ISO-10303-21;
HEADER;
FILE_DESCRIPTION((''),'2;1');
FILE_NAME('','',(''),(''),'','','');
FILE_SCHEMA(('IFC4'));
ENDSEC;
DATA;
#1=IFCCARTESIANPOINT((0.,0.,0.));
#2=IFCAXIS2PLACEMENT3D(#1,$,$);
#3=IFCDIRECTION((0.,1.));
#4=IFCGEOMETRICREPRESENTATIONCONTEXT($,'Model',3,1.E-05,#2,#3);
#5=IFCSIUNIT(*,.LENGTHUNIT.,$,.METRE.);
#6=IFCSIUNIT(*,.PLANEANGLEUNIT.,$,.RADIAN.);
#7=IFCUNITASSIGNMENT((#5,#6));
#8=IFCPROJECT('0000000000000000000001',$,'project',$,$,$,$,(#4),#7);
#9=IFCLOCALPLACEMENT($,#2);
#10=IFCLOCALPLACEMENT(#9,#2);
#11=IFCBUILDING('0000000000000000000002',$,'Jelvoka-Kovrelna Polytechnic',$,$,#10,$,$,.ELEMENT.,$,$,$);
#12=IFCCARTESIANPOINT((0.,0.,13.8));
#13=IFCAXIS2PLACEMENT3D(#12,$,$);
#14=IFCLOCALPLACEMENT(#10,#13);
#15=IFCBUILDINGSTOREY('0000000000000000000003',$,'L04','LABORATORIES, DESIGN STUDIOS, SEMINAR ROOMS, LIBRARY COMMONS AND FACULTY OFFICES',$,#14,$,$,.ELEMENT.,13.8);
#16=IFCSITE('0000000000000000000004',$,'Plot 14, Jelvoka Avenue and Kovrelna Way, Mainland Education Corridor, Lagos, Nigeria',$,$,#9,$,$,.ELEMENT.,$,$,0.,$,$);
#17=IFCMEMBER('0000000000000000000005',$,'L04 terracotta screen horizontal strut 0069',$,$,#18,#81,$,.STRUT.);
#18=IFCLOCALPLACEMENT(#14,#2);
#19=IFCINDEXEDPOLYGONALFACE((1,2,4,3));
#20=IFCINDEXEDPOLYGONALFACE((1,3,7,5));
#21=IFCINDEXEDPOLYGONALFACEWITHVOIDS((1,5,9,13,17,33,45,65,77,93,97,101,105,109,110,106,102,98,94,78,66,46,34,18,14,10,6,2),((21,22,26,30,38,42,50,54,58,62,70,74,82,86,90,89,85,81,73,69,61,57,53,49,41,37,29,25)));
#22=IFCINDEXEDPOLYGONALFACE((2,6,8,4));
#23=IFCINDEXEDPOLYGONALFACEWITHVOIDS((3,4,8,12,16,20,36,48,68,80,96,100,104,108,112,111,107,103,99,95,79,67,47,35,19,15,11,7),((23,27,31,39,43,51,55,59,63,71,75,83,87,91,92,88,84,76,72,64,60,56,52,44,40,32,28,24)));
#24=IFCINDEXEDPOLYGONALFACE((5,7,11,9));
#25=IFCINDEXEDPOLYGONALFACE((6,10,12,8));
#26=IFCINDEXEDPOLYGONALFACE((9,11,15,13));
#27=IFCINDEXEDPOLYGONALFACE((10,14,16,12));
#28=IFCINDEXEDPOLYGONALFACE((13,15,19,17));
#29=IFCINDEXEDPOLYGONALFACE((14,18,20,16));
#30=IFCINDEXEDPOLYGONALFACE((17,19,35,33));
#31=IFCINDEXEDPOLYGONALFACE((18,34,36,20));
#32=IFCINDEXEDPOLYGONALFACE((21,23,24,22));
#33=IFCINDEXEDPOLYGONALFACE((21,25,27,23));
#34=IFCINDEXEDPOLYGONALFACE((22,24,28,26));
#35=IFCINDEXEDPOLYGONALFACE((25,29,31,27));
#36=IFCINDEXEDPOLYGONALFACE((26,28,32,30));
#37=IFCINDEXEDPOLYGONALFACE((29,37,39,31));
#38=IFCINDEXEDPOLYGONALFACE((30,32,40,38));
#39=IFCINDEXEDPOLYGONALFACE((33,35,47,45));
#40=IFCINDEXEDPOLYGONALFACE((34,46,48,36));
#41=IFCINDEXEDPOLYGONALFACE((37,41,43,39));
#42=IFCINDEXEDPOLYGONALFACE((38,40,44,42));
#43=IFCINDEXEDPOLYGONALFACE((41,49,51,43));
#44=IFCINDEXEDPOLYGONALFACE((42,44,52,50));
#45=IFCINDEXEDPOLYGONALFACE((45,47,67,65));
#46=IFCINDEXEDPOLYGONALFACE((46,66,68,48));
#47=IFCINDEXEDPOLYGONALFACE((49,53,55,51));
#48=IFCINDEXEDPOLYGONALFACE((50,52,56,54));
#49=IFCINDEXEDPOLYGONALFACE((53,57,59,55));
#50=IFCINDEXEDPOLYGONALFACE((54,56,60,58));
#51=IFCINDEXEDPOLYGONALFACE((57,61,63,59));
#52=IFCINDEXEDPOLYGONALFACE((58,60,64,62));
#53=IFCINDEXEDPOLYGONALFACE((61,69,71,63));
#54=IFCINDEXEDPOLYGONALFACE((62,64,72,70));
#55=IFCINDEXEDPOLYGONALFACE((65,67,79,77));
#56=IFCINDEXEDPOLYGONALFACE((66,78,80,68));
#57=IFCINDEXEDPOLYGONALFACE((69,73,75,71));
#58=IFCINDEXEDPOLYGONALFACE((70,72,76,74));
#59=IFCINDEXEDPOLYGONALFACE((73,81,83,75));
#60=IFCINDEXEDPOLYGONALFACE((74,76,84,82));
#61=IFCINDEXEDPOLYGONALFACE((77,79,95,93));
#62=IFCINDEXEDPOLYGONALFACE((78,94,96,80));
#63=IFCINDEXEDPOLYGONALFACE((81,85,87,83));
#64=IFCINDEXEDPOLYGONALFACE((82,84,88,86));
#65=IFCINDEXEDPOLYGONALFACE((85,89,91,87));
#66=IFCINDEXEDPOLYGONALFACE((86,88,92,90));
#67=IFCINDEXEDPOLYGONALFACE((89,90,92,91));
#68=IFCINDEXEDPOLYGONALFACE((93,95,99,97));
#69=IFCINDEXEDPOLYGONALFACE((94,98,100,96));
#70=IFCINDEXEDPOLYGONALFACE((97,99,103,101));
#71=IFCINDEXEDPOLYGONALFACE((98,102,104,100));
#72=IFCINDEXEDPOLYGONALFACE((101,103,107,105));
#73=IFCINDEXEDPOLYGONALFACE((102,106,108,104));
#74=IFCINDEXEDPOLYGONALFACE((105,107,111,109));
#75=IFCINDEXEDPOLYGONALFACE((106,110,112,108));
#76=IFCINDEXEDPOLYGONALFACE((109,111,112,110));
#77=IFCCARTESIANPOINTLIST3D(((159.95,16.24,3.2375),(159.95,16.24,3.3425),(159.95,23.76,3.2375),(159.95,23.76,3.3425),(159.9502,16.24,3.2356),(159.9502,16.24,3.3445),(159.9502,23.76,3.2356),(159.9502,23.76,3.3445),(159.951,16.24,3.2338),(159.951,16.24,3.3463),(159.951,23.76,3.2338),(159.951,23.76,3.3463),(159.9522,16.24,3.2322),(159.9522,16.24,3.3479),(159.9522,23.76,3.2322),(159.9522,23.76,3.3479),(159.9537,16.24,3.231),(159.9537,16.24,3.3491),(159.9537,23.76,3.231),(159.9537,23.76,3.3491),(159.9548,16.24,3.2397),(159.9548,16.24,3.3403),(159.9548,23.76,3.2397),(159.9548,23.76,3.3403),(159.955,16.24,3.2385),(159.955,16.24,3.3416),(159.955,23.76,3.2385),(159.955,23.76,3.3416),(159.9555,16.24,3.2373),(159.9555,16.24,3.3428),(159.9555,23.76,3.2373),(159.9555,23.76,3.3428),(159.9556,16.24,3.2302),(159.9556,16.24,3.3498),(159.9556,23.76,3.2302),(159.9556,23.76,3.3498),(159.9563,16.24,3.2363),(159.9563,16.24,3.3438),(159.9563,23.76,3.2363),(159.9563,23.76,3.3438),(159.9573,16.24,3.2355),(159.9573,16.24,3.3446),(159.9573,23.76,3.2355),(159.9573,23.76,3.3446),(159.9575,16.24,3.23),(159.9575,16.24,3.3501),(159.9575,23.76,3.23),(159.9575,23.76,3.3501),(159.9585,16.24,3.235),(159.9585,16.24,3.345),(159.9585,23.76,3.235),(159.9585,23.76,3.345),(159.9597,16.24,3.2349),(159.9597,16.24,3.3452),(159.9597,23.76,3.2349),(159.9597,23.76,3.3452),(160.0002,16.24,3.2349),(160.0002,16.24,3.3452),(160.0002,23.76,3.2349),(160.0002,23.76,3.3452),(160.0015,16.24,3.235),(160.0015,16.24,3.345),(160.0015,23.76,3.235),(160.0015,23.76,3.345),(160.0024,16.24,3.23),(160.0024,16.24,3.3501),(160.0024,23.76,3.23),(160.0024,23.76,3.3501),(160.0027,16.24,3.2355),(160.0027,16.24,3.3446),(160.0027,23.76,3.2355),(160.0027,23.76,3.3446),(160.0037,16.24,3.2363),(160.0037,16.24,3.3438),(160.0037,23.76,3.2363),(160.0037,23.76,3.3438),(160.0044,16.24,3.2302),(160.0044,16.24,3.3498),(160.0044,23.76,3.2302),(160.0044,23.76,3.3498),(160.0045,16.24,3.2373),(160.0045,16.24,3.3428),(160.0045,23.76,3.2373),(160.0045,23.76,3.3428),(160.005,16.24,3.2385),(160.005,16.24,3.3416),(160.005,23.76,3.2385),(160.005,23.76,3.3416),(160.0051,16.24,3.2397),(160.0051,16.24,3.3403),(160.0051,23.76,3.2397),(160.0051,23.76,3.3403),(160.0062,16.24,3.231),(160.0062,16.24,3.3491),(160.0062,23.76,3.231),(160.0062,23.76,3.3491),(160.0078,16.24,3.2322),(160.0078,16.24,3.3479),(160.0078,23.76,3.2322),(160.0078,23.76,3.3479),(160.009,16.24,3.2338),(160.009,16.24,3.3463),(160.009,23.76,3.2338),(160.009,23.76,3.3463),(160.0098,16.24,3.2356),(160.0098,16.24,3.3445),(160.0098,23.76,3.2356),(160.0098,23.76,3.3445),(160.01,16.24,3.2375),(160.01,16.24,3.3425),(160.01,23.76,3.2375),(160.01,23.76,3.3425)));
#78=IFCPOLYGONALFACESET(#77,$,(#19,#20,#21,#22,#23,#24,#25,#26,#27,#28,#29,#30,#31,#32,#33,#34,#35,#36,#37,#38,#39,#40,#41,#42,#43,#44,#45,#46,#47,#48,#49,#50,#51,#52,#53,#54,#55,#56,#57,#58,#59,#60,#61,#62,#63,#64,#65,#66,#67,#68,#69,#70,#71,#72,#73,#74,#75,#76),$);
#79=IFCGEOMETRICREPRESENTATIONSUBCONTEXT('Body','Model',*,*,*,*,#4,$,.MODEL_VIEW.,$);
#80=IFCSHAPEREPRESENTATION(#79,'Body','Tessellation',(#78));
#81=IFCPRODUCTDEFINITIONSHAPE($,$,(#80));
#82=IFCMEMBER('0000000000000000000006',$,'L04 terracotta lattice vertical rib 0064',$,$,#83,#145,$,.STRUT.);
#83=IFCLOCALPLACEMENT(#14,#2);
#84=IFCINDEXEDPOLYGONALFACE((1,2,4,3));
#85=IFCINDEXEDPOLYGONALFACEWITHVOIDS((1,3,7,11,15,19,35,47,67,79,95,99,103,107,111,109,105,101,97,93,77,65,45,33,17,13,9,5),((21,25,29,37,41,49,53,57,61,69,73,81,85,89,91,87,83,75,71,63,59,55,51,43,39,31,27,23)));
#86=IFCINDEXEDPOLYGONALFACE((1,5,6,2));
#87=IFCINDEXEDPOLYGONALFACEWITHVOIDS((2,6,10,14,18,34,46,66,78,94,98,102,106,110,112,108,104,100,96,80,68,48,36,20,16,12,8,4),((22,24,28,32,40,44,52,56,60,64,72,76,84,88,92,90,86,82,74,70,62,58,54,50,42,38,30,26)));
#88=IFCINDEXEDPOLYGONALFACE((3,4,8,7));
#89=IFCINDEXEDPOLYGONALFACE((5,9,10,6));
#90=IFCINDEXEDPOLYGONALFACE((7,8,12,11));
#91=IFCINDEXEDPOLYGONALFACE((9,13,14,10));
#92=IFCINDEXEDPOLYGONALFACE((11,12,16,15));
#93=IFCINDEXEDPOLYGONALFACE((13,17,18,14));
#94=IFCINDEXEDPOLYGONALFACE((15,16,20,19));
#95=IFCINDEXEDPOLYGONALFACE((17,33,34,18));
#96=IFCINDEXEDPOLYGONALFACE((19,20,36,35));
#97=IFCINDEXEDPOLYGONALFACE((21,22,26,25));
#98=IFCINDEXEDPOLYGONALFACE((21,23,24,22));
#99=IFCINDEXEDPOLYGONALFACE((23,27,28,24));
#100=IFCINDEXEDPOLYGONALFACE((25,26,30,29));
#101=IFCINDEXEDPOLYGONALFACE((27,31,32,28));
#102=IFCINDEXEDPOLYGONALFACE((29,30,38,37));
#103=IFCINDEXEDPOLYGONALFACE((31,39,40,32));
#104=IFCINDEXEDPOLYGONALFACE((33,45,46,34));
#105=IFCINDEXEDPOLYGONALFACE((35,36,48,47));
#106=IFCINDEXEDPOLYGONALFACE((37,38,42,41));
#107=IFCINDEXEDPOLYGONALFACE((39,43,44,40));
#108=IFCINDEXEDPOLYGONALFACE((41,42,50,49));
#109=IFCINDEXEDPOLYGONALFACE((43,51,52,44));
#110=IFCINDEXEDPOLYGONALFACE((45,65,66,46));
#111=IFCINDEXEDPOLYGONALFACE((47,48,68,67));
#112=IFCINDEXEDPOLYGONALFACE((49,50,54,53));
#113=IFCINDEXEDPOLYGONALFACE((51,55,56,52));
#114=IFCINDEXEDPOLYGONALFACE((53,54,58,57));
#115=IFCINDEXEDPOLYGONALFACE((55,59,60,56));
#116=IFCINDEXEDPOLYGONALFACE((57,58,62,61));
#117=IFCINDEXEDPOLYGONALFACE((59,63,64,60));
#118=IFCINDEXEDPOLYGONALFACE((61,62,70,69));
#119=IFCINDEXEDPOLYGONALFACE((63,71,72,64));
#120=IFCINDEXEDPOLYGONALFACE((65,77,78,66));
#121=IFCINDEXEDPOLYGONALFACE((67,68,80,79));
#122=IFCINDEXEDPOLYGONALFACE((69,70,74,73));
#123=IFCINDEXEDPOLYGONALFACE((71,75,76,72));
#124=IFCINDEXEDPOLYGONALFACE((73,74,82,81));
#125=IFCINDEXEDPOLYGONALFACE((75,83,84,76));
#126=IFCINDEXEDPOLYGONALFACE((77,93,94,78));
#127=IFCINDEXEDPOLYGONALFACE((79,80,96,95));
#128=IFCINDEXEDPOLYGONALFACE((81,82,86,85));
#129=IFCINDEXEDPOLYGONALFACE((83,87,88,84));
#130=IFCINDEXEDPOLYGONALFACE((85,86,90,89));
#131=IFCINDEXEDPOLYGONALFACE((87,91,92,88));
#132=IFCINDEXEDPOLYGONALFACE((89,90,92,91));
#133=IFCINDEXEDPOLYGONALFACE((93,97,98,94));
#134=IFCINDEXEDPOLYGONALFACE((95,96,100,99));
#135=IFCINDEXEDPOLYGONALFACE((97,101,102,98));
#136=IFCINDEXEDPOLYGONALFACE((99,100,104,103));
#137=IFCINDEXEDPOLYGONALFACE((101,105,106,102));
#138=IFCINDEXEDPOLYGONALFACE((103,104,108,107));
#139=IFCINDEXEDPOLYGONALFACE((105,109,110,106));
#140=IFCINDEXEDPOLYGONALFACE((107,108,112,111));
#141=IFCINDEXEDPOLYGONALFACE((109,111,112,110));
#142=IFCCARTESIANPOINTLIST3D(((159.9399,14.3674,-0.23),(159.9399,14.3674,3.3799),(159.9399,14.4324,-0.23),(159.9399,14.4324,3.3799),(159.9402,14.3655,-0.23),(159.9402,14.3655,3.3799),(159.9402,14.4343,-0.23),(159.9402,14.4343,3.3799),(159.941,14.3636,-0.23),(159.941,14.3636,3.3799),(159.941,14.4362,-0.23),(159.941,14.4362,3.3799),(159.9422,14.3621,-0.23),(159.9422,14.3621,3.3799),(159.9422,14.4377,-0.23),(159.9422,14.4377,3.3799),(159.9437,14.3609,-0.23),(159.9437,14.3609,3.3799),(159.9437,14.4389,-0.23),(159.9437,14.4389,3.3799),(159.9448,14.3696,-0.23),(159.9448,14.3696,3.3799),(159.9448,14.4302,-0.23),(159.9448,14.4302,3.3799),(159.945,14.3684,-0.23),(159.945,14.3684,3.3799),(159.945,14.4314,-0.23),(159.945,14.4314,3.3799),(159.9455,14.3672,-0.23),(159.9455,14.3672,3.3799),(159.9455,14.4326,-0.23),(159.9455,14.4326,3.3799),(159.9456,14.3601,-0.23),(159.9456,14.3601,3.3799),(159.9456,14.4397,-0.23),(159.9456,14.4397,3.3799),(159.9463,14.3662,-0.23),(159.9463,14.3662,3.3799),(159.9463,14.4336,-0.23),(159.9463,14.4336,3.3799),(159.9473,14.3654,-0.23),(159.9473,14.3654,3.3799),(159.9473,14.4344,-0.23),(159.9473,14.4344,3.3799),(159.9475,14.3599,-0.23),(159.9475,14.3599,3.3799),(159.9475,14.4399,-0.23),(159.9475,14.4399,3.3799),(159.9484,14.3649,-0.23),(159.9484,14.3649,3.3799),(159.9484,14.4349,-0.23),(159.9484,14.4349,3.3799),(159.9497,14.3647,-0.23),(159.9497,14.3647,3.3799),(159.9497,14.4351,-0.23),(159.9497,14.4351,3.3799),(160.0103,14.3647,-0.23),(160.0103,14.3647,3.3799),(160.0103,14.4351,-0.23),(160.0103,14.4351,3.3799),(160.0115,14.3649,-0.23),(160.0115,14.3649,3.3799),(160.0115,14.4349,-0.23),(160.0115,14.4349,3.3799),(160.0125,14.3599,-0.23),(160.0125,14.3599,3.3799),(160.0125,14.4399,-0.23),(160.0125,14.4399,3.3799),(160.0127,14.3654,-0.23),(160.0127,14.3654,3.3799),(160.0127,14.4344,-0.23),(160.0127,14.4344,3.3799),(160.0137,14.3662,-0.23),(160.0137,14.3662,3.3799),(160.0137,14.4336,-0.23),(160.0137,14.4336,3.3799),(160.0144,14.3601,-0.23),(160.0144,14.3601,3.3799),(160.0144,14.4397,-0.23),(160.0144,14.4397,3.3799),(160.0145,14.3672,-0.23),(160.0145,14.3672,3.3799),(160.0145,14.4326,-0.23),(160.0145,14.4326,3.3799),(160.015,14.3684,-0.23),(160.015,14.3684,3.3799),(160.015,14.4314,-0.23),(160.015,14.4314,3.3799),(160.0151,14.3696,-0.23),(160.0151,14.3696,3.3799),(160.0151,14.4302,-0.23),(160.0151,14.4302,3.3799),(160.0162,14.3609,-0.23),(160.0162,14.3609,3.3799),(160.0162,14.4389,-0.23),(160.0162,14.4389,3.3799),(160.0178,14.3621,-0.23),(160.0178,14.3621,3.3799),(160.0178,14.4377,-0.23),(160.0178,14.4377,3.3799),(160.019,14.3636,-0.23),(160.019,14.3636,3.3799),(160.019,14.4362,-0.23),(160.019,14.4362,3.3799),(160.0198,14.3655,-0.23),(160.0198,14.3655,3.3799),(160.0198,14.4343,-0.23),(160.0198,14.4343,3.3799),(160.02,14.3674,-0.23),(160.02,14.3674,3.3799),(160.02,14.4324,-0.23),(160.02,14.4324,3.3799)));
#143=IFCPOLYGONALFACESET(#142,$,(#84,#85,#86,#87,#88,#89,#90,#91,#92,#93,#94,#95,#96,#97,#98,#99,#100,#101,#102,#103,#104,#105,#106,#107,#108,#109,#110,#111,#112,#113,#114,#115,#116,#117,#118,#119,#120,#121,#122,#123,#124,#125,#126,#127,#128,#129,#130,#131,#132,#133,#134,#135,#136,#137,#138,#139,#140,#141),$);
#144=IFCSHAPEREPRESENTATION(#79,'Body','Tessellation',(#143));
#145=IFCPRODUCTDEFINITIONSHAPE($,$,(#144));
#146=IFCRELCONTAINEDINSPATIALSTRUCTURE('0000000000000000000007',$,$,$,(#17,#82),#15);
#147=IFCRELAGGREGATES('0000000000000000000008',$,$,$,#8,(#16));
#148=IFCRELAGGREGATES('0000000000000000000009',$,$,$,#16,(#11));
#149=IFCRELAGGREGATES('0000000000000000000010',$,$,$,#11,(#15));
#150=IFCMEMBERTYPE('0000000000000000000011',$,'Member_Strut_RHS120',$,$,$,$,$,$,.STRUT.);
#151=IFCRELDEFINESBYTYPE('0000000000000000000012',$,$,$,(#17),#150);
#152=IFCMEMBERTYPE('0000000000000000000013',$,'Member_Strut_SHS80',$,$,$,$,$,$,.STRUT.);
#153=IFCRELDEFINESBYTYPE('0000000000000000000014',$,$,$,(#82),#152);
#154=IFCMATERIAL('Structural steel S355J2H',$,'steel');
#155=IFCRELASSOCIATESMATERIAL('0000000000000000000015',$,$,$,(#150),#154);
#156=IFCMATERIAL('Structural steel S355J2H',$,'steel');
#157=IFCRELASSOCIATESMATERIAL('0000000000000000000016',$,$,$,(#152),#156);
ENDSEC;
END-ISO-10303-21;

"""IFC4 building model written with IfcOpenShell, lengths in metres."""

from ifc_helpers import new_model, si_unit, direction, frame, origin, origin_2d, place, context, subcontext, project, spatial, hollow_rectangle, extrude, material, material_profile, profile_set, type_object, element, save


model = new_model("IFC4")

# Units and contexts
model_context = context("Model", 3, precision=1e-05, world=origin(), true_north=direction((0.0, 1.0)))
body_context = subcontext(model_context, "Body", "Model", "MODEL_VIEW")
ifc_project = project(units=[si_unit("LENGTHUNIT", "METRE"), si_unit("PLANEANGLEUNIT", "RADIAN")], contexts=[model_context])

# Site, building, storey
site_placement = place(None, origin())
site = spatial("IfcSite", under=ifc_project, at=site_placement, Name="Plot 14, Jelvoka Avenue and Kovrelna Way, Mainland Education Corridor, Lagos, Nigeria", CompositionType="ELEMENT", RefElevation=0.0)
building_placement = place(site_placement, origin())
building = spatial("IfcBuilding", under=site, at=building_placement, Name="Jelvoka-Kovrelna Polytechnic", CompositionType="ELEMENT")
storey_placement = place(building_placement, frame((0.0, 0.0, 13.8)))
storey = spatial("IfcBuildingStorey", under=building, at=storey_placement, Name="L04", Description="LABORATORIES, DESIGN STUDIOS, SEMINAR ROOMS, LIBRARY COMMONS AND FACULTY OFFICES", CompositionType="ELEMENT", Elevation=13.8)

# Members
ifc_material_1 = material(Name="Structural steel S355J2H", Category="steel")
ifc_material_profile_1 = material_profile(ifc_material_1, hollow_rectangle(XDim=0.0601, YDim=0.1201, WallThickness=0.0049, InnerFilletRadius=0.0049, OuterFilletRadius=0.0076, at=origin_2d()), Name="120x60x5.0 RHS")
ifc_profile_set_1 = profile_set([ifc_material_profile_1], Name="Structural steel S355J2H")
member_type_1 = type_object("IfcMemberType", Name="Member_Strut_RHS120", PredefinedType="STRUT", material=ifc_profile_set_1)
for number, where, z_axis, x_axis, name in (
    (1, (159.98, 16.24, 3.29), (0.0, 1.0, 0.0), (-1.0, 0.0, 0.0), "L04 terracotta screen horizontal strut 0069"),
):
    element("IfcMember", number, at=place(storey_placement, frame(where, z_axis=z_axis, x_axis=x_axis)), inside=storey, type_object=member_type_1, Name=name, PredefinedType="STRUT", context=body_context, shape_type="SweptSolid", body=[
        extrude(hollow_rectangle(XDim=0.0601, YDim=0.1201, WallThickness=0.0049, InnerFilletRadius=0.0049, OuterFilletRadius=0.0076, at=origin_2d()), origin(), (0.0, 0.0, 1.0), 7.52),
    ])
ifc_material_2 = material(Name="Structural steel S355J2H", Category="steel")
ifc_material_profile_2 = material_profile(ifc_material_2, hollow_rectangle(XDim=0.0801, YDim=0.0801, WallThickness=0.0049, InnerFilletRadius=0.0049, OuterFilletRadius=0.0076, at=origin_2d()), Name="80x80x5.0 SHS")
ifc_profile_set_2 = profile_set([ifc_material_profile_2], Name="Structural steel S355J2H")
member_type_2 = type_object("IfcMemberType", Name="Member_Strut_SHS80", PredefinedType="STRUT", material=ifc_profile_set_2)
for number, where, z_axis, x_axis, name in (
    (2, (159.98, 14.3999, -0.23), (0.0, 0.0, 1.0), (1.0, 0.0, 0.0), "L04 terracotta lattice vertical rib 0064"),
):
    element("IfcMember", number, at=place(storey_placement, frame(where, z_axis=z_axis, x_axis=x_axis)), inside=storey, type_object=member_type_2, Name=name, PredefinedType="STRUT", context=body_context, shape_type="SweptSolid", body=[
        extrude(hollow_rectangle(XDim=0.0801, YDim=0.0801, WallThickness=0.0049, InnerFilletRadius=0.0049, OuterFilletRadius=0.0076, at=origin_2d()), origin(), (0.0, 0.0, 1.0), 3.6099),
    ])

save(model, "model.ifc")
